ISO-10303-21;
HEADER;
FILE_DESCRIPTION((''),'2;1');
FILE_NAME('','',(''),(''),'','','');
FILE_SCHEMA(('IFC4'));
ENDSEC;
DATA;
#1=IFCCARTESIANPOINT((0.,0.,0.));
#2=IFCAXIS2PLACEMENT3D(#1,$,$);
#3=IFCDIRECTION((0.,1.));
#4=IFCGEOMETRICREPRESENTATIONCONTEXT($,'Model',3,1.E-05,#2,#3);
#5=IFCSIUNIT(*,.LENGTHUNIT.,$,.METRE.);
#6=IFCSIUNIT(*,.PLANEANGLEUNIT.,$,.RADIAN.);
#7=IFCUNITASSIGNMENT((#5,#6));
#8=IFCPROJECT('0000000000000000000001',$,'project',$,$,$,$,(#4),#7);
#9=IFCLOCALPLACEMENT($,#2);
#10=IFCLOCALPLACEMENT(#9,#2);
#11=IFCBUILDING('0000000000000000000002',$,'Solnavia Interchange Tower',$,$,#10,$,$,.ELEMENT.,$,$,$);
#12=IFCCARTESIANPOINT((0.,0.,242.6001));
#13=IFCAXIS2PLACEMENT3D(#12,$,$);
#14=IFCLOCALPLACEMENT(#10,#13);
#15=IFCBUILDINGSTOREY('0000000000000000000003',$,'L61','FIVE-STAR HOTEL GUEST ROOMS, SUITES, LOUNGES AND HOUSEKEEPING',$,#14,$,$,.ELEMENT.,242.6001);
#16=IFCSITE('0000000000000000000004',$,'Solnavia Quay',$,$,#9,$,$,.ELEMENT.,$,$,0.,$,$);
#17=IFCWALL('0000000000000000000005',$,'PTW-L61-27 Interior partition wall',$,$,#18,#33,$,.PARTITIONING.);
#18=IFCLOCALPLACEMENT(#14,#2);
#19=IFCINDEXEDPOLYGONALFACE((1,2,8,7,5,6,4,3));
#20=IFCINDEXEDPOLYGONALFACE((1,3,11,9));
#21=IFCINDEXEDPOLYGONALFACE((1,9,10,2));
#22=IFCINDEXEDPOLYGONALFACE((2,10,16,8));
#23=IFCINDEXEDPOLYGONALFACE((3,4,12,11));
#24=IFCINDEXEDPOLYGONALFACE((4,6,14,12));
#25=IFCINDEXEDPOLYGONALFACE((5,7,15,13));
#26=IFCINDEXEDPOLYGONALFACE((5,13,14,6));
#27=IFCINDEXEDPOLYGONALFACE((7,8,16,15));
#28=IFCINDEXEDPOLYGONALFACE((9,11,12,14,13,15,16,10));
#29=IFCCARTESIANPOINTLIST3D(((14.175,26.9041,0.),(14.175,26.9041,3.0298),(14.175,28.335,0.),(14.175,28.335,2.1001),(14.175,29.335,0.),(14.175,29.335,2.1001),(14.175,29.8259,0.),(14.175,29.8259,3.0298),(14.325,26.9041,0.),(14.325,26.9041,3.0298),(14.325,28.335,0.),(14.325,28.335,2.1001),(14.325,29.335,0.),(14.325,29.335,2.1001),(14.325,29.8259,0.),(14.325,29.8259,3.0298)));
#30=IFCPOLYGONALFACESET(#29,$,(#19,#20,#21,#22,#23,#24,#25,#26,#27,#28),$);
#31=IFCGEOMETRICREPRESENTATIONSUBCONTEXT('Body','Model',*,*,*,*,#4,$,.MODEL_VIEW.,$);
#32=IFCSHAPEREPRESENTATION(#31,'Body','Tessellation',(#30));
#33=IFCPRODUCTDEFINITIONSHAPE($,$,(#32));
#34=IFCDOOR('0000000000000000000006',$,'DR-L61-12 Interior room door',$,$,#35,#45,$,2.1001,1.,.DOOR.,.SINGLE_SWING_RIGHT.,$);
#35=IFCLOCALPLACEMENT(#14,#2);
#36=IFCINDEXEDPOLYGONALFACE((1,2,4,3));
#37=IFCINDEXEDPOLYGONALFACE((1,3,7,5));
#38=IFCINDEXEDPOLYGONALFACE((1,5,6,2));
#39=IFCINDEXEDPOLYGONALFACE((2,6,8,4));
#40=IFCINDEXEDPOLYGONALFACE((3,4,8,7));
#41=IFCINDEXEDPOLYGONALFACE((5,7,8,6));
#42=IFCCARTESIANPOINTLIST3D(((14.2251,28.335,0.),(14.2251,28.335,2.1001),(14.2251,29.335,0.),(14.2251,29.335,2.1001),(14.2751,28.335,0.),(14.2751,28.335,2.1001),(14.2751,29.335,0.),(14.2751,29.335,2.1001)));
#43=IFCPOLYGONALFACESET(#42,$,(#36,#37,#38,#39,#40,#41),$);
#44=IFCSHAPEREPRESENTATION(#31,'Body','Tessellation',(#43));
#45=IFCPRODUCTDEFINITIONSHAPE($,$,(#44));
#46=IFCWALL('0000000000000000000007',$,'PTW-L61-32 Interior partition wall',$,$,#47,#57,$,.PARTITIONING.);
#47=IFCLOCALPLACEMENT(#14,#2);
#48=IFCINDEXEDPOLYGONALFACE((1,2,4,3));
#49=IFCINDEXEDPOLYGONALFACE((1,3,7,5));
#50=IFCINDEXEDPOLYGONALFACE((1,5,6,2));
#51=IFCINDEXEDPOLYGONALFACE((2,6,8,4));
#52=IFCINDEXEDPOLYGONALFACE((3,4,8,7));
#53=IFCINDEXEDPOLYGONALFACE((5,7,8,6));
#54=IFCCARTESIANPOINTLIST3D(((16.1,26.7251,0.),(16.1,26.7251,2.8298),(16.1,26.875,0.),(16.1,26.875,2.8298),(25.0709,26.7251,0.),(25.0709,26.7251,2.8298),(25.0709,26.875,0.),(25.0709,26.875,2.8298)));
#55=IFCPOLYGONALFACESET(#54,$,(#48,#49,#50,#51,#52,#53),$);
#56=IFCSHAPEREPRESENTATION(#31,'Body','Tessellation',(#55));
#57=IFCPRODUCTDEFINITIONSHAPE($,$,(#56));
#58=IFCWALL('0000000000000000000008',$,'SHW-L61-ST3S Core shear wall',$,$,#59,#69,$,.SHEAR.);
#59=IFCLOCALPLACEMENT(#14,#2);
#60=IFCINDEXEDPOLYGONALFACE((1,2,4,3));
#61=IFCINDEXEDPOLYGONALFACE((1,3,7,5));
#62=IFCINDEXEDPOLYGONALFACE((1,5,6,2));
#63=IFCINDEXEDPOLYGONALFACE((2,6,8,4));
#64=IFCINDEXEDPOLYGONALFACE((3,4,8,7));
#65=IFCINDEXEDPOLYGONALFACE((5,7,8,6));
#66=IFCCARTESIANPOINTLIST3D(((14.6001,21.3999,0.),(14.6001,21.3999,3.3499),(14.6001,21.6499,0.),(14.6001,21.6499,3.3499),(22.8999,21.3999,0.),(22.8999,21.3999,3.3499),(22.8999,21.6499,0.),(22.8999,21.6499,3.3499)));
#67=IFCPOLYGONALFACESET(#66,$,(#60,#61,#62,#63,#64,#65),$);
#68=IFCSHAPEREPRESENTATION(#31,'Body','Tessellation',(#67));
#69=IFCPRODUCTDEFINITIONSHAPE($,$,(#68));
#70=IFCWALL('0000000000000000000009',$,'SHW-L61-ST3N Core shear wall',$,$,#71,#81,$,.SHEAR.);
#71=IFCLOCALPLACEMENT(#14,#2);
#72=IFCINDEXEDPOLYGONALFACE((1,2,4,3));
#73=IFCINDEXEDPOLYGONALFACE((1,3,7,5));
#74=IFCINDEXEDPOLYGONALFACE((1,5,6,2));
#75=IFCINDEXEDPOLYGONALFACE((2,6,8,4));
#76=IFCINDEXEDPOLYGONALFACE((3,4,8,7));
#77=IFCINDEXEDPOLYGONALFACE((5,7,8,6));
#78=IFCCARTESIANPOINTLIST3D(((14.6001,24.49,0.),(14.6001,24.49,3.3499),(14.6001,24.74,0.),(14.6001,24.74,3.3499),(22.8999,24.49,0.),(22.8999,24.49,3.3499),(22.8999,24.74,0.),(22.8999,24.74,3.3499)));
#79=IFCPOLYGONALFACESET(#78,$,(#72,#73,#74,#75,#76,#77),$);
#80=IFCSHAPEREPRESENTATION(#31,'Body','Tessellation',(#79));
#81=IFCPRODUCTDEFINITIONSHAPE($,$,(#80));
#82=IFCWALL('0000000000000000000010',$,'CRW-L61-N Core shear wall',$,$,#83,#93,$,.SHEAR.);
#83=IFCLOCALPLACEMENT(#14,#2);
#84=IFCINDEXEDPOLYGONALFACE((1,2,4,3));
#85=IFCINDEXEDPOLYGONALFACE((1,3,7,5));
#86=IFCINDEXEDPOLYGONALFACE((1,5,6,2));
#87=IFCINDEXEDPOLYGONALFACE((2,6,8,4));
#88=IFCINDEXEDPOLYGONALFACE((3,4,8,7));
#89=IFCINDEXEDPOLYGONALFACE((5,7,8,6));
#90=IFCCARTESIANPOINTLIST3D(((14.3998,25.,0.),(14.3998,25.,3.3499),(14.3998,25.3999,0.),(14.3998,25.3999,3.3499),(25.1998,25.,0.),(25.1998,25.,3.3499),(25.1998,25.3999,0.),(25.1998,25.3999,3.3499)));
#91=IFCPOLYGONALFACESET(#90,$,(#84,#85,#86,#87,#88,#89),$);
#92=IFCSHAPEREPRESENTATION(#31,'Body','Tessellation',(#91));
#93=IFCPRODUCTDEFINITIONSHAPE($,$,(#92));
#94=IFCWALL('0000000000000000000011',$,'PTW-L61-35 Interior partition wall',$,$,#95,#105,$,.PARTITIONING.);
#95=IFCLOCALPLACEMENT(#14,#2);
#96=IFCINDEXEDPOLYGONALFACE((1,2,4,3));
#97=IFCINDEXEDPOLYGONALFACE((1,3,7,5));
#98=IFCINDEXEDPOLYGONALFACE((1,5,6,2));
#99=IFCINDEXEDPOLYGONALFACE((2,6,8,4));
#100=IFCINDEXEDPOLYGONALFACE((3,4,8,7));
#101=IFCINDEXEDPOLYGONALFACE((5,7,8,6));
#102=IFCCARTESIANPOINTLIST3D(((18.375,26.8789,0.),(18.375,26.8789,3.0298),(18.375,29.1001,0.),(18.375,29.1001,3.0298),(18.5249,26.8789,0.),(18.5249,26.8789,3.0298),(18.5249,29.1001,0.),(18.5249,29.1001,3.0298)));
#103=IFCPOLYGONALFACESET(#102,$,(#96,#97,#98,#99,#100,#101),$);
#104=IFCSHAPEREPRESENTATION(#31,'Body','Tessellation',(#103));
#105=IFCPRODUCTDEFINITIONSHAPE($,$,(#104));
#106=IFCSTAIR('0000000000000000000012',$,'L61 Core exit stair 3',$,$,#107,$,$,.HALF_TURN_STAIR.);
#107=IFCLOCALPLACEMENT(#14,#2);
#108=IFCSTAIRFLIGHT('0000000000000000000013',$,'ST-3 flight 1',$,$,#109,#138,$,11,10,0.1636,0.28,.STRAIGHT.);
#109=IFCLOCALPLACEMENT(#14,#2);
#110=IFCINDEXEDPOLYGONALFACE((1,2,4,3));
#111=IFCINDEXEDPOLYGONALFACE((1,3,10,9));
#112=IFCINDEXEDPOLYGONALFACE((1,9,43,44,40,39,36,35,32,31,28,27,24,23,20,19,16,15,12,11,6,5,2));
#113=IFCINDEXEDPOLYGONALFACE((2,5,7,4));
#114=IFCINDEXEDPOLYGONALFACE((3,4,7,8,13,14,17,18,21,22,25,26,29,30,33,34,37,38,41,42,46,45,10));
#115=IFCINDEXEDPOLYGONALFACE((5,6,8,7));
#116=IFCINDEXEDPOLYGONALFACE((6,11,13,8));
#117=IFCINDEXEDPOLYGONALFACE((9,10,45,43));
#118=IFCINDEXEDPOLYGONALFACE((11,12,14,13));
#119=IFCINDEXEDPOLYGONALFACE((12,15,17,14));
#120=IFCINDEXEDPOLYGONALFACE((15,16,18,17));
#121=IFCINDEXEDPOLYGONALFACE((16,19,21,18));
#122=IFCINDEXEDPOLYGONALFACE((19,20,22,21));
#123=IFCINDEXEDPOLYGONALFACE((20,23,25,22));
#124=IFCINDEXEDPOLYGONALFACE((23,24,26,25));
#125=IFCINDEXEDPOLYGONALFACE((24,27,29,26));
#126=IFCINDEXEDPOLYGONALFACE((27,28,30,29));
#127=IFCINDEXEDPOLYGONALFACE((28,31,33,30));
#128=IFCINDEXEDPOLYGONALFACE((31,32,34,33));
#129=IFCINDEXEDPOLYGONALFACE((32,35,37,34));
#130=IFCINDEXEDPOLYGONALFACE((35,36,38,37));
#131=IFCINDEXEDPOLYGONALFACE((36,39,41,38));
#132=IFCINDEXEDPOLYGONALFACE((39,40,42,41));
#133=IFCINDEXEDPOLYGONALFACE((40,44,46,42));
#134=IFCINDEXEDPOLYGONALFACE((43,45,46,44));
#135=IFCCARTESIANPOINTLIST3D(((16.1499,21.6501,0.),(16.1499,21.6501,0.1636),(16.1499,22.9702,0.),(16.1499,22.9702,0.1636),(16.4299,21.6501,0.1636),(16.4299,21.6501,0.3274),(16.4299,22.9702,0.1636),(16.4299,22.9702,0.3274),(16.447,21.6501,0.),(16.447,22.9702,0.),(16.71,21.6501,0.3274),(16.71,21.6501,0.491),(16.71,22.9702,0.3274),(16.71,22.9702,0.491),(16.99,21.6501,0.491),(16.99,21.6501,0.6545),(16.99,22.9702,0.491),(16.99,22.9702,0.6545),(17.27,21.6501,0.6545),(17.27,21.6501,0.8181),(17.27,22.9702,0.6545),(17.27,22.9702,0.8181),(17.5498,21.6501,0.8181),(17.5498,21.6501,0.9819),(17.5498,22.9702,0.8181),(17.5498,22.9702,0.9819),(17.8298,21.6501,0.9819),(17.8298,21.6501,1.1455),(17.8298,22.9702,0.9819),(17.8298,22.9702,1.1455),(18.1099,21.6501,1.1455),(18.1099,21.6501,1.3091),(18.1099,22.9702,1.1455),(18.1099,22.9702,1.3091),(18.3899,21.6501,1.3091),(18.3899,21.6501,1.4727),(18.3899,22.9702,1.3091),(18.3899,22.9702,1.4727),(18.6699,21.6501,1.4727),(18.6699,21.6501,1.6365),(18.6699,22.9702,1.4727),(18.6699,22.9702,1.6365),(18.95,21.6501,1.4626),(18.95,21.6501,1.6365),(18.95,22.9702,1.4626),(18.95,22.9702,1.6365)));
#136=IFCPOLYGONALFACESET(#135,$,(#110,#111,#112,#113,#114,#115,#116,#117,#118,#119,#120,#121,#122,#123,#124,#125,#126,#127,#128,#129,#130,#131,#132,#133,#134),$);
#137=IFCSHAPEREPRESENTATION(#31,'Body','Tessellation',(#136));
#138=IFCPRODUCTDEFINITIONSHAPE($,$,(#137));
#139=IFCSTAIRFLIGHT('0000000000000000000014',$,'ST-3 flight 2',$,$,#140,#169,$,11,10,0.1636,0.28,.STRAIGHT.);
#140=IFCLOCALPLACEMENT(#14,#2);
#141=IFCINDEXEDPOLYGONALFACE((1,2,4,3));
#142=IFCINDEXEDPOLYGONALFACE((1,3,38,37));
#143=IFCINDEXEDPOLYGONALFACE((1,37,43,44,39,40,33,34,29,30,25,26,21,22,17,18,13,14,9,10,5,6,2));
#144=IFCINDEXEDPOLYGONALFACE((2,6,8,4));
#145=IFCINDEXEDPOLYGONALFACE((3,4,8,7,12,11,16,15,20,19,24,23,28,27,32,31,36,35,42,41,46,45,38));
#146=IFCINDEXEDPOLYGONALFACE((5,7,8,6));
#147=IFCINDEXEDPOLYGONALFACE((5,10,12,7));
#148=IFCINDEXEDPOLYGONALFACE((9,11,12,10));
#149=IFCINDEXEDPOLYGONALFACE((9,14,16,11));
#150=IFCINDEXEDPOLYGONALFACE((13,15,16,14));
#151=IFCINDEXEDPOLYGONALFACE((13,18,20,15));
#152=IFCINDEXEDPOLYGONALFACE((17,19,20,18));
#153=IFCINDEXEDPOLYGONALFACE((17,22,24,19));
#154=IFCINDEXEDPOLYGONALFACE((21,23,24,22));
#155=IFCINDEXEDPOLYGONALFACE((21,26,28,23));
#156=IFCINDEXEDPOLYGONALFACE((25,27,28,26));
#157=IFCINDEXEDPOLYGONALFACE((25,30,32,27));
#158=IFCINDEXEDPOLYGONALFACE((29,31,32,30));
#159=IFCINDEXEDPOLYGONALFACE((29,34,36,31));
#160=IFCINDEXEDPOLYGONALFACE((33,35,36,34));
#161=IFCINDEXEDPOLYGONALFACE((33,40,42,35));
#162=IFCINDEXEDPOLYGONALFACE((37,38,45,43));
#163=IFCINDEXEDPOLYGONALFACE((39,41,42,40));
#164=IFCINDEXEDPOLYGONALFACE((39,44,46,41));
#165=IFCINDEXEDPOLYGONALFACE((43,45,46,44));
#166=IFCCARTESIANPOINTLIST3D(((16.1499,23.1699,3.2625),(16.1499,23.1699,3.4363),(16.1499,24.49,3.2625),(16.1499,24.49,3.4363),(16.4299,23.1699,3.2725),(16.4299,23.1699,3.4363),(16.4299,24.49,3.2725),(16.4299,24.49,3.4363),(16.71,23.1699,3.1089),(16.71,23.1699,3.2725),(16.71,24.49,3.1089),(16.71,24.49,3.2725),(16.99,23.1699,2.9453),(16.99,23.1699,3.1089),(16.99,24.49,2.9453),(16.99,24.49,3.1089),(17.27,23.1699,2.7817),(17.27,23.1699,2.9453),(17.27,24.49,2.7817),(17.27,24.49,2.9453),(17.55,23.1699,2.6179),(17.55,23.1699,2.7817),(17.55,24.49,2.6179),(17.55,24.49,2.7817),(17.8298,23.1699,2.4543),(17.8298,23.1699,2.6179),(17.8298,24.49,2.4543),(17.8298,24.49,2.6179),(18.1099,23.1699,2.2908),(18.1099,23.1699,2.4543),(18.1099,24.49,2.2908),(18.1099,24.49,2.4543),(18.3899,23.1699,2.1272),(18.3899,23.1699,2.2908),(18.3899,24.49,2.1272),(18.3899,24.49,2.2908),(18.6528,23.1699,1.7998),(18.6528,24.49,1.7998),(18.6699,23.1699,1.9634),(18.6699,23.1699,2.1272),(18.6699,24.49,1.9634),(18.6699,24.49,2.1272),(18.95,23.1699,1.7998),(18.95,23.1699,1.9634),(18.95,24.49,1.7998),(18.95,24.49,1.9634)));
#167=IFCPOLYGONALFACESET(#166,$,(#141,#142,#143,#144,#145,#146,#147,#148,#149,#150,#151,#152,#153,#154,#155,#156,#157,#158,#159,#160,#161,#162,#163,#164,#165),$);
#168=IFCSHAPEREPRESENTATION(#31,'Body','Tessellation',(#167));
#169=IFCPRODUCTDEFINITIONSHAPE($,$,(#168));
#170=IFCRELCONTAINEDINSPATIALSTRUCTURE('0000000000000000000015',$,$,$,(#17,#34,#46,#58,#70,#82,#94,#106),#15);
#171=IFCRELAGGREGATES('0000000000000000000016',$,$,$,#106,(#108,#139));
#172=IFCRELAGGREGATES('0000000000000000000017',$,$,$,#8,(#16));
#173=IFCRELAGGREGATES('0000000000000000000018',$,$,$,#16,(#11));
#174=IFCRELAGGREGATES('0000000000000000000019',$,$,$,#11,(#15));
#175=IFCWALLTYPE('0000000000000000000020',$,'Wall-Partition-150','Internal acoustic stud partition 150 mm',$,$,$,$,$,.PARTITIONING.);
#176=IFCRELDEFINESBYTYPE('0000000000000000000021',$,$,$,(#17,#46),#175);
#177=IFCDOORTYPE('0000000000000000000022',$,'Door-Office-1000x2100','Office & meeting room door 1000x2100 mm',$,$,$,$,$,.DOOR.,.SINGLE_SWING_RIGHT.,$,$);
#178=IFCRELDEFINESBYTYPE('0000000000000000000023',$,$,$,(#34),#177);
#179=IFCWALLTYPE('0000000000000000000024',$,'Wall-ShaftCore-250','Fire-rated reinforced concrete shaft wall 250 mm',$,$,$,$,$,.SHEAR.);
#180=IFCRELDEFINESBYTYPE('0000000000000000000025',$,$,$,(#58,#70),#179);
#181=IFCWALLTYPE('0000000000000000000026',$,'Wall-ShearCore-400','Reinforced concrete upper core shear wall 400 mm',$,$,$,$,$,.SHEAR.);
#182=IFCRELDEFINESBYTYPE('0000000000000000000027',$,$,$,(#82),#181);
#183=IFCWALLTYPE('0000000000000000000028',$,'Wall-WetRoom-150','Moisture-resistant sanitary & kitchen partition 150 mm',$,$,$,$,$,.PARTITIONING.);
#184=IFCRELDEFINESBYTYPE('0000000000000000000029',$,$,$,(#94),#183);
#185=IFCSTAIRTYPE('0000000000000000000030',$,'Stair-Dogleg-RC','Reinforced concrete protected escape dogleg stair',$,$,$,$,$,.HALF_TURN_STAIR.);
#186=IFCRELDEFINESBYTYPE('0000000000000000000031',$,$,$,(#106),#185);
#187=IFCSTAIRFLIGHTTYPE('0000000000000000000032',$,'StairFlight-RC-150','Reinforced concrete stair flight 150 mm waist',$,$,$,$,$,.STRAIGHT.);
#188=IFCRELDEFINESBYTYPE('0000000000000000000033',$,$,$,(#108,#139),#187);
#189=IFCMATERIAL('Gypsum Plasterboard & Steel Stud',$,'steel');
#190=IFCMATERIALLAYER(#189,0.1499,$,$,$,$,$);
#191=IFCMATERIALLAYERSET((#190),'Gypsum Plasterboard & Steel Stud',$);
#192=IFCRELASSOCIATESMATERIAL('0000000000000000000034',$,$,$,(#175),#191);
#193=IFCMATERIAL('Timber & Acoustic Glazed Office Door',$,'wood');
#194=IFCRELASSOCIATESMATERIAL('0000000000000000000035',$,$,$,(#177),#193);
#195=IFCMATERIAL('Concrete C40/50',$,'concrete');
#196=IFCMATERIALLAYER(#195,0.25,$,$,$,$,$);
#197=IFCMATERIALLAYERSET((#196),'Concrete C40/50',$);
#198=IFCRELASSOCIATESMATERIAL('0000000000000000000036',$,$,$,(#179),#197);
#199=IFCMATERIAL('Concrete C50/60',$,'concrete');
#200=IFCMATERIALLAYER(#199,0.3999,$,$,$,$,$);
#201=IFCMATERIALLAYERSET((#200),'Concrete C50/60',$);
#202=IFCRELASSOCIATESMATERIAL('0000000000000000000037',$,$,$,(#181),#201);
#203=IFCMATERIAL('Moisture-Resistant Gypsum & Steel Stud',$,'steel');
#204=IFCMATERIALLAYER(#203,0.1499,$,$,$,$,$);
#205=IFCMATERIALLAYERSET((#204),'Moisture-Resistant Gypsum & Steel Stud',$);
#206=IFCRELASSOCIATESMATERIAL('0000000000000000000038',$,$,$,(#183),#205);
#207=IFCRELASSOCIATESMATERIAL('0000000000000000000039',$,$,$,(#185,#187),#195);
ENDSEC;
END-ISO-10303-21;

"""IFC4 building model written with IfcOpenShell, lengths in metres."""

from ifc_helpers import new_model, si_unit, direction, frame, frame_2d, origin, place, context, subcontext, project, spatial, polyline, rectangle, outline, extrude, material, layer, layer_set, type_object, element, fill, aggregate, save


model = new_model("IFC4")

# Units and contexts
model_context = context("Model", 3, precision=1e-05, world=origin(), true_north=direction((0.0, 1.0)))
body_context = subcontext(model_context, "Body", "Model", "MODEL_VIEW")
ifc_project = project(units=[si_unit("LENGTHUNIT", "METRE"), si_unit("PLANEANGLEUNIT", "RADIAN")], contexts=[model_context])

# Site, building, storey
site_placement = place(None, origin())
site = spatial("IfcSite", under=ifc_project, at=site_placement, Name="Solnavia Quay", CompositionType="ELEMENT", RefElevation=0.0)
building_placement = place(site_placement, origin())
building = spatial("IfcBuilding", under=site, at=building_placement, Name="Solnavia Interchange Tower", CompositionType="ELEMENT")
storey_placement = place(building_placement, frame((0.0, 0.0, 242.6001)))
storey = spatial("IfcBuildingStorey", under=building, at=storey_placement, Name="L61", Description="FIVE-STAR HOTEL GUEST ROOMS, SUITES, LOUNGES AND HOUSEKEEPING", CompositionType="ELEMENT", Elevation=242.6001)

# Shared definitions
ifc_material_1 = material(Name="Concrete C50/60", Category="concrete")

# Shared definitions
ifc_material_2 = material(Name="Concrete C40/50", Category="concrete")

# Shared definitions
ifc_material_3 = material(Name="Gypsum Plasterboard & Steel Stud", Category="steel")
ifc_layer_1 = layer(ifc_material_3, 0.1499)
ifc_layer_set_1 = layer_set([ifc_layer_1], Name="Gypsum Plasterboard & Steel Stud")
wall_type_1 = type_object("IfcWallType", Name="Wall-Partition-150", Description="Internal acoustic stud partition 150 mm", PredefinedType="PARTITIONING", material=ifc_layer_set_1)

# Wall, opening, door
wall_1_placement = place(storey_placement, frame((14.25, 26.9041, 0.0), z_axis=(0.0, 0.0, 1.0), x_axis=(0.0, 1.0, 0.0)))
wall_1 = element("IfcWall", 1, at=wall_1_placement, inside=storey, type_object=wall_type_1, Name="PTW-L61-27 Interior partition wall", PredefinedType="PARTITIONING", context=body_context, shape_type="SweptSolid", body=[
    extrude(rectangle(XDim=2.9219, YDim=0.1499, at=frame_2d((1.4609, 0.0))), origin(), (0.0, 0.0, 1.0), 3.0298),
])
opening_1_placement = place(wall_1_placement, frame((1.4309, 0.0, 0.0)))
opening_1 = element("IfcOpeningElement", 2, at=opening_1_placement, cuts=wall_1, PredefinedType="OPENING", context=body_context, shape_type="SweptSolid", body=[
    extrude(rectangle(XDim=1.0, YDim=2.1001, at=frame_2d((0.5, 1.05))), frame((0.0, 0.085, 0.0), z_axis=(0.0, -1.0, 0.0), x_axis=(1.0, 0.0, 0.0)), (0.0, 0.0, 1.0), 0.1699),
])
ifc_material_4 = material(Name="Timber & Acoustic Glazed Office Door", Category="wood")
door_type = type_object("IfcDoorType", Name="Door-Office-1000x2100", Description="Office & meeting room door 1000x2100 mm", OperationType="SINGLE_SWING_RIGHT", PredefinedType="DOOR", material=ifc_material_4)
door_placement = place(opening_1_placement, origin())
door = element("IfcDoor", 3, at=door_placement, inside=storey, type_object=door_type, Name="DR-L61-12 Interior room door", OperationType="SINGLE_SWING_RIGHT", OverallHeight=2.1001, OverallWidth=1.0, PredefinedType="DOOR", context=body_context, shape_type="SweptSolid", body=[
    extrude(rectangle(XDim=1.0, YDim=2.1001, at=frame_2d((0.5, 1.05))), frame((0.0, 0.0249, 0.0), z_axis=(0.0, -1.0, 0.0), x_axis=(1.0, 0.0, 0.0)), (0.0, 0.0, 1.0), 0.05),
])
fill(opening_1, door)

# Walls
wall_2_placement = place(storey_placement, frame((16.1001, 26.8, 0.0), z_axis=(0.0, 0.0, 1.0), x_axis=(1.0, 0.0, 0.0)))
element("IfcWall", 4, at=wall_2_placement, inside=storey, type_object=wall_type_1, Name="PTW-L61-32 Interior partition wall", PredefinedType="PARTITIONING", context=body_context, shape_type="SweptSolid", body=[
    extrude(rectangle(XDim=8.9709, YDim=0.1499, at=frame_2d((4.4854, 0.0))), origin(), (0.0, 0.0, 1.0), 2.8298),
])
ifc_layer_2 = layer(ifc_material_2, 0.25)
ifc_layer_set_2 = layer_set([ifc_layer_2], Name="Concrete C40/50")
wall_type_2 = type_object("IfcWallType", Name="Wall-ShaftCore-250", Description="Fire-rated reinforced concrete shaft wall 250 mm", PredefinedType="SHEAR", material=ifc_layer_set_2)
for number, where, z_axis, x_axis, name in (
    (5, (14.6001, 21.5249, 0.0), (0.0, 0.0, 1.0), (1.0, 0.0, 0.0), "SHW-L61-ST3S Core shear wall"),
    (6, (14.6001, 24.615, 0.0), (0.0, 0.0, 1.0), (1.0, 0.0, 0.0), "SHW-L61-ST3N Core shear wall"),
):
    element("IfcWall", number, at=place(storey_placement, frame(where, z_axis=z_axis, x_axis=x_axis)), inside=storey, type_object=wall_type_2, Name=name, PredefinedType="SHEAR", context=body_context, shape_type="SweptSolid", body=[
        extrude(rectangle(XDim=8.2998, YDim=0.25, at=frame_2d((4.1499, 0.0))), origin(), (0.0, 0.0, 1.0), 3.3499),
    ])
ifc_layer_3 = layer(ifc_material_1, 0.3999)
ifc_layer_set_3 = layer_set([ifc_layer_3], Name="Concrete C50/60")
wall_type_3 = type_object("IfcWallType", Name="Wall-ShearCore-400", Description="Reinforced concrete upper core shear wall 400 mm", PredefinedType="SHEAR", material=ifc_layer_set_3)
wall_3_placement = place(storey_placement, frame((14.3999, 25.2, 0.0), z_axis=(0.0, 0.0, 1.0), x_axis=(1.0, 0.0, 0.0)))
element("IfcWall", 7, at=wall_3_placement, inside=storey, type_object=wall_type_3, Name="CRW-L61-N Core shear wall", PredefinedType="SHEAR", context=body_context, shape_type="SweptSolid", body=[
    extrude(rectangle(XDim=10.8, YDim=0.3999, at=frame_2d((5.3999, 0.0))), origin(), (0.0, 0.0, 1.0), 3.3499),
])
ifc_material_5 = material(Name="Moisture-Resistant Gypsum & Steel Stud", Category="steel")
ifc_layer_4 = layer(ifc_material_5, 0.1499)
ifc_layer_set_4 = layer_set([ifc_layer_4], Name="Moisture-Resistant Gypsum & Steel Stud")
wall_type_4 = type_object("IfcWallType", Name="Wall-WetRoom-150", Description="Moisture-resistant sanitary & kitchen partition 150 mm", PredefinedType="PARTITIONING", material=ifc_layer_set_4)
wall_4_placement = place(storey_placement, frame((18.45, 26.8789, 0.0), z_axis=(0.0, 0.0, 1.0), x_axis=(0.0, 1.0, 0.0)))
element("IfcWall", 8, at=wall_4_placement, inside=storey, type_object=wall_type_4, Name="PTW-L61-35 Interior partition wall", PredefinedType="PARTITIONING", context=body_context, shape_type="SweptSolid", body=[
    extrude(rectangle(XDim=2.2212, YDim=0.1499, at=frame_2d((1.1106, 0.0))), origin(), (0.0, 0.0, 1.0), 3.0298),
])

# Stair, stair flights
stair_type = type_object("IfcStairType", Name="Stair-Dogleg-RC", Description="Reinforced concrete protected escape dogleg stair", PredefinedType="HALF_TURN_STAIR", material=ifc_material_2)
stair_placement = place(storey_placement, origin())
stair = element("IfcStair", 9, at=stair_placement, inside=storey, type_object=stair_type, Name="L61 Core exit stair 3", PredefinedType="HALF_TURN_STAIR")
stair_flight_type = type_object("IfcStairFlightType", Name="StairFlight-RC-150", Description="Reinforced concrete stair flight 150 mm waist", PredefinedType="STRAIGHT", material=ifc_material_2)
stair_flight_1_placement = place(storey_placement, frame((16.1499, 22.3101, 0.0), z_axis=(0.0, 0.0, 1.0), x_axis=(1.0, 0.0, 0.0)))
stair_flight_1 = element("IfcStairFlight", 10, at=stair_flight_1_placement, type_object=stair_flight_type, Name="ST-3 flight 1", NumberOfRisers=11, NumberOfTreads=10, PredefinedType="STRAIGHT", RiserHeight=0.1636, TreadLength=0.28, context=body_context, shape_type="SweptSolid", body=[
    extrude(outline(polyline([(0.0, 0.0), (0.0, 0.1636), (0.28, 0.1636), (0.28, 0.3274), (0.5601, 0.3274), (0.5601, 0.491), (0.8401, 0.491), (0.8401, 0.6545), (1.1201, 0.6545), (1.1201, 0.8181), (1.3999, 0.8181), (1.3999, 0.9819), (1.6799, 0.9819), (1.6799, 1.1455), (1.96, 1.1455), (1.96, 1.3091), (2.24, 1.3091), (2.24, 1.4727), (2.52, 1.4727), (2.52, 1.6365), (2.8, 1.6365), (2.8, 1.8), (2.8, 1.4626), (0.2971, 0.0), (0.0, 0.0)])), frame((0.0, 0.6602, 0.0), z_axis=(0.0, -1.0, 0.0), x_axis=(1.0, 0.0, 0.0)), (0.0, 0.0, 1.0), 1.3201),
])
stair_flight_2_placement = place(storey_placement, frame((18.95, 23.8301, 1.7998), z_axis=(0.0, 0.0, 1.0), x_axis=(-1.0, 0.0, 0.0)))
stair_flight_2 = element("IfcStairFlight", 11, at=stair_flight_2_placement, type_object=stair_flight_type, Name="ST-3 flight 2", NumberOfRisers=11, NumberOfTreads=10, PredefinedType="STRAIGHT", RiserHeight=0.1636, TreadLength=0.28, context=body_context, shape_type="SweptSolid", body=[
    extrude(outline(polyline([(0.0, 0.0), (0.0, 0.1636), (0.28, 0.1636), (0.28, 0.3274), (0.5601, 0.3274), (0.5601, 0.491), (0.8401, 0.491), (0.8401, 0.6545), (1.1201, 0.6545), (1.1201, 0.8181), (1.3999, 0.8181), (1.3999, 0.9819), (1.6799, 0.9819), (1.6799, 1.1455), (1.96, 1.1455), (1.96, 1.3091), (2.24, 1.3091), (2.24, 1.4727), (2.52, 1.4727), (2.52, 1.6365), (2.8, 1.6365), (2.8, 1.8), (2.8, 1.4626), (0.2971, 0.0), (0.0, 0.0)])), frame((0.0, 0.6602, 0.0), z_axis=(0.0, -1.0, 0.0), x_axis=(1.0, 0.0, 0.0)), (0.0, 0.0, 1.0), 1.3201),
])
aggregate(stair, [stair_flight_1, stair_flight_2])

save(model, "model.ifc")
